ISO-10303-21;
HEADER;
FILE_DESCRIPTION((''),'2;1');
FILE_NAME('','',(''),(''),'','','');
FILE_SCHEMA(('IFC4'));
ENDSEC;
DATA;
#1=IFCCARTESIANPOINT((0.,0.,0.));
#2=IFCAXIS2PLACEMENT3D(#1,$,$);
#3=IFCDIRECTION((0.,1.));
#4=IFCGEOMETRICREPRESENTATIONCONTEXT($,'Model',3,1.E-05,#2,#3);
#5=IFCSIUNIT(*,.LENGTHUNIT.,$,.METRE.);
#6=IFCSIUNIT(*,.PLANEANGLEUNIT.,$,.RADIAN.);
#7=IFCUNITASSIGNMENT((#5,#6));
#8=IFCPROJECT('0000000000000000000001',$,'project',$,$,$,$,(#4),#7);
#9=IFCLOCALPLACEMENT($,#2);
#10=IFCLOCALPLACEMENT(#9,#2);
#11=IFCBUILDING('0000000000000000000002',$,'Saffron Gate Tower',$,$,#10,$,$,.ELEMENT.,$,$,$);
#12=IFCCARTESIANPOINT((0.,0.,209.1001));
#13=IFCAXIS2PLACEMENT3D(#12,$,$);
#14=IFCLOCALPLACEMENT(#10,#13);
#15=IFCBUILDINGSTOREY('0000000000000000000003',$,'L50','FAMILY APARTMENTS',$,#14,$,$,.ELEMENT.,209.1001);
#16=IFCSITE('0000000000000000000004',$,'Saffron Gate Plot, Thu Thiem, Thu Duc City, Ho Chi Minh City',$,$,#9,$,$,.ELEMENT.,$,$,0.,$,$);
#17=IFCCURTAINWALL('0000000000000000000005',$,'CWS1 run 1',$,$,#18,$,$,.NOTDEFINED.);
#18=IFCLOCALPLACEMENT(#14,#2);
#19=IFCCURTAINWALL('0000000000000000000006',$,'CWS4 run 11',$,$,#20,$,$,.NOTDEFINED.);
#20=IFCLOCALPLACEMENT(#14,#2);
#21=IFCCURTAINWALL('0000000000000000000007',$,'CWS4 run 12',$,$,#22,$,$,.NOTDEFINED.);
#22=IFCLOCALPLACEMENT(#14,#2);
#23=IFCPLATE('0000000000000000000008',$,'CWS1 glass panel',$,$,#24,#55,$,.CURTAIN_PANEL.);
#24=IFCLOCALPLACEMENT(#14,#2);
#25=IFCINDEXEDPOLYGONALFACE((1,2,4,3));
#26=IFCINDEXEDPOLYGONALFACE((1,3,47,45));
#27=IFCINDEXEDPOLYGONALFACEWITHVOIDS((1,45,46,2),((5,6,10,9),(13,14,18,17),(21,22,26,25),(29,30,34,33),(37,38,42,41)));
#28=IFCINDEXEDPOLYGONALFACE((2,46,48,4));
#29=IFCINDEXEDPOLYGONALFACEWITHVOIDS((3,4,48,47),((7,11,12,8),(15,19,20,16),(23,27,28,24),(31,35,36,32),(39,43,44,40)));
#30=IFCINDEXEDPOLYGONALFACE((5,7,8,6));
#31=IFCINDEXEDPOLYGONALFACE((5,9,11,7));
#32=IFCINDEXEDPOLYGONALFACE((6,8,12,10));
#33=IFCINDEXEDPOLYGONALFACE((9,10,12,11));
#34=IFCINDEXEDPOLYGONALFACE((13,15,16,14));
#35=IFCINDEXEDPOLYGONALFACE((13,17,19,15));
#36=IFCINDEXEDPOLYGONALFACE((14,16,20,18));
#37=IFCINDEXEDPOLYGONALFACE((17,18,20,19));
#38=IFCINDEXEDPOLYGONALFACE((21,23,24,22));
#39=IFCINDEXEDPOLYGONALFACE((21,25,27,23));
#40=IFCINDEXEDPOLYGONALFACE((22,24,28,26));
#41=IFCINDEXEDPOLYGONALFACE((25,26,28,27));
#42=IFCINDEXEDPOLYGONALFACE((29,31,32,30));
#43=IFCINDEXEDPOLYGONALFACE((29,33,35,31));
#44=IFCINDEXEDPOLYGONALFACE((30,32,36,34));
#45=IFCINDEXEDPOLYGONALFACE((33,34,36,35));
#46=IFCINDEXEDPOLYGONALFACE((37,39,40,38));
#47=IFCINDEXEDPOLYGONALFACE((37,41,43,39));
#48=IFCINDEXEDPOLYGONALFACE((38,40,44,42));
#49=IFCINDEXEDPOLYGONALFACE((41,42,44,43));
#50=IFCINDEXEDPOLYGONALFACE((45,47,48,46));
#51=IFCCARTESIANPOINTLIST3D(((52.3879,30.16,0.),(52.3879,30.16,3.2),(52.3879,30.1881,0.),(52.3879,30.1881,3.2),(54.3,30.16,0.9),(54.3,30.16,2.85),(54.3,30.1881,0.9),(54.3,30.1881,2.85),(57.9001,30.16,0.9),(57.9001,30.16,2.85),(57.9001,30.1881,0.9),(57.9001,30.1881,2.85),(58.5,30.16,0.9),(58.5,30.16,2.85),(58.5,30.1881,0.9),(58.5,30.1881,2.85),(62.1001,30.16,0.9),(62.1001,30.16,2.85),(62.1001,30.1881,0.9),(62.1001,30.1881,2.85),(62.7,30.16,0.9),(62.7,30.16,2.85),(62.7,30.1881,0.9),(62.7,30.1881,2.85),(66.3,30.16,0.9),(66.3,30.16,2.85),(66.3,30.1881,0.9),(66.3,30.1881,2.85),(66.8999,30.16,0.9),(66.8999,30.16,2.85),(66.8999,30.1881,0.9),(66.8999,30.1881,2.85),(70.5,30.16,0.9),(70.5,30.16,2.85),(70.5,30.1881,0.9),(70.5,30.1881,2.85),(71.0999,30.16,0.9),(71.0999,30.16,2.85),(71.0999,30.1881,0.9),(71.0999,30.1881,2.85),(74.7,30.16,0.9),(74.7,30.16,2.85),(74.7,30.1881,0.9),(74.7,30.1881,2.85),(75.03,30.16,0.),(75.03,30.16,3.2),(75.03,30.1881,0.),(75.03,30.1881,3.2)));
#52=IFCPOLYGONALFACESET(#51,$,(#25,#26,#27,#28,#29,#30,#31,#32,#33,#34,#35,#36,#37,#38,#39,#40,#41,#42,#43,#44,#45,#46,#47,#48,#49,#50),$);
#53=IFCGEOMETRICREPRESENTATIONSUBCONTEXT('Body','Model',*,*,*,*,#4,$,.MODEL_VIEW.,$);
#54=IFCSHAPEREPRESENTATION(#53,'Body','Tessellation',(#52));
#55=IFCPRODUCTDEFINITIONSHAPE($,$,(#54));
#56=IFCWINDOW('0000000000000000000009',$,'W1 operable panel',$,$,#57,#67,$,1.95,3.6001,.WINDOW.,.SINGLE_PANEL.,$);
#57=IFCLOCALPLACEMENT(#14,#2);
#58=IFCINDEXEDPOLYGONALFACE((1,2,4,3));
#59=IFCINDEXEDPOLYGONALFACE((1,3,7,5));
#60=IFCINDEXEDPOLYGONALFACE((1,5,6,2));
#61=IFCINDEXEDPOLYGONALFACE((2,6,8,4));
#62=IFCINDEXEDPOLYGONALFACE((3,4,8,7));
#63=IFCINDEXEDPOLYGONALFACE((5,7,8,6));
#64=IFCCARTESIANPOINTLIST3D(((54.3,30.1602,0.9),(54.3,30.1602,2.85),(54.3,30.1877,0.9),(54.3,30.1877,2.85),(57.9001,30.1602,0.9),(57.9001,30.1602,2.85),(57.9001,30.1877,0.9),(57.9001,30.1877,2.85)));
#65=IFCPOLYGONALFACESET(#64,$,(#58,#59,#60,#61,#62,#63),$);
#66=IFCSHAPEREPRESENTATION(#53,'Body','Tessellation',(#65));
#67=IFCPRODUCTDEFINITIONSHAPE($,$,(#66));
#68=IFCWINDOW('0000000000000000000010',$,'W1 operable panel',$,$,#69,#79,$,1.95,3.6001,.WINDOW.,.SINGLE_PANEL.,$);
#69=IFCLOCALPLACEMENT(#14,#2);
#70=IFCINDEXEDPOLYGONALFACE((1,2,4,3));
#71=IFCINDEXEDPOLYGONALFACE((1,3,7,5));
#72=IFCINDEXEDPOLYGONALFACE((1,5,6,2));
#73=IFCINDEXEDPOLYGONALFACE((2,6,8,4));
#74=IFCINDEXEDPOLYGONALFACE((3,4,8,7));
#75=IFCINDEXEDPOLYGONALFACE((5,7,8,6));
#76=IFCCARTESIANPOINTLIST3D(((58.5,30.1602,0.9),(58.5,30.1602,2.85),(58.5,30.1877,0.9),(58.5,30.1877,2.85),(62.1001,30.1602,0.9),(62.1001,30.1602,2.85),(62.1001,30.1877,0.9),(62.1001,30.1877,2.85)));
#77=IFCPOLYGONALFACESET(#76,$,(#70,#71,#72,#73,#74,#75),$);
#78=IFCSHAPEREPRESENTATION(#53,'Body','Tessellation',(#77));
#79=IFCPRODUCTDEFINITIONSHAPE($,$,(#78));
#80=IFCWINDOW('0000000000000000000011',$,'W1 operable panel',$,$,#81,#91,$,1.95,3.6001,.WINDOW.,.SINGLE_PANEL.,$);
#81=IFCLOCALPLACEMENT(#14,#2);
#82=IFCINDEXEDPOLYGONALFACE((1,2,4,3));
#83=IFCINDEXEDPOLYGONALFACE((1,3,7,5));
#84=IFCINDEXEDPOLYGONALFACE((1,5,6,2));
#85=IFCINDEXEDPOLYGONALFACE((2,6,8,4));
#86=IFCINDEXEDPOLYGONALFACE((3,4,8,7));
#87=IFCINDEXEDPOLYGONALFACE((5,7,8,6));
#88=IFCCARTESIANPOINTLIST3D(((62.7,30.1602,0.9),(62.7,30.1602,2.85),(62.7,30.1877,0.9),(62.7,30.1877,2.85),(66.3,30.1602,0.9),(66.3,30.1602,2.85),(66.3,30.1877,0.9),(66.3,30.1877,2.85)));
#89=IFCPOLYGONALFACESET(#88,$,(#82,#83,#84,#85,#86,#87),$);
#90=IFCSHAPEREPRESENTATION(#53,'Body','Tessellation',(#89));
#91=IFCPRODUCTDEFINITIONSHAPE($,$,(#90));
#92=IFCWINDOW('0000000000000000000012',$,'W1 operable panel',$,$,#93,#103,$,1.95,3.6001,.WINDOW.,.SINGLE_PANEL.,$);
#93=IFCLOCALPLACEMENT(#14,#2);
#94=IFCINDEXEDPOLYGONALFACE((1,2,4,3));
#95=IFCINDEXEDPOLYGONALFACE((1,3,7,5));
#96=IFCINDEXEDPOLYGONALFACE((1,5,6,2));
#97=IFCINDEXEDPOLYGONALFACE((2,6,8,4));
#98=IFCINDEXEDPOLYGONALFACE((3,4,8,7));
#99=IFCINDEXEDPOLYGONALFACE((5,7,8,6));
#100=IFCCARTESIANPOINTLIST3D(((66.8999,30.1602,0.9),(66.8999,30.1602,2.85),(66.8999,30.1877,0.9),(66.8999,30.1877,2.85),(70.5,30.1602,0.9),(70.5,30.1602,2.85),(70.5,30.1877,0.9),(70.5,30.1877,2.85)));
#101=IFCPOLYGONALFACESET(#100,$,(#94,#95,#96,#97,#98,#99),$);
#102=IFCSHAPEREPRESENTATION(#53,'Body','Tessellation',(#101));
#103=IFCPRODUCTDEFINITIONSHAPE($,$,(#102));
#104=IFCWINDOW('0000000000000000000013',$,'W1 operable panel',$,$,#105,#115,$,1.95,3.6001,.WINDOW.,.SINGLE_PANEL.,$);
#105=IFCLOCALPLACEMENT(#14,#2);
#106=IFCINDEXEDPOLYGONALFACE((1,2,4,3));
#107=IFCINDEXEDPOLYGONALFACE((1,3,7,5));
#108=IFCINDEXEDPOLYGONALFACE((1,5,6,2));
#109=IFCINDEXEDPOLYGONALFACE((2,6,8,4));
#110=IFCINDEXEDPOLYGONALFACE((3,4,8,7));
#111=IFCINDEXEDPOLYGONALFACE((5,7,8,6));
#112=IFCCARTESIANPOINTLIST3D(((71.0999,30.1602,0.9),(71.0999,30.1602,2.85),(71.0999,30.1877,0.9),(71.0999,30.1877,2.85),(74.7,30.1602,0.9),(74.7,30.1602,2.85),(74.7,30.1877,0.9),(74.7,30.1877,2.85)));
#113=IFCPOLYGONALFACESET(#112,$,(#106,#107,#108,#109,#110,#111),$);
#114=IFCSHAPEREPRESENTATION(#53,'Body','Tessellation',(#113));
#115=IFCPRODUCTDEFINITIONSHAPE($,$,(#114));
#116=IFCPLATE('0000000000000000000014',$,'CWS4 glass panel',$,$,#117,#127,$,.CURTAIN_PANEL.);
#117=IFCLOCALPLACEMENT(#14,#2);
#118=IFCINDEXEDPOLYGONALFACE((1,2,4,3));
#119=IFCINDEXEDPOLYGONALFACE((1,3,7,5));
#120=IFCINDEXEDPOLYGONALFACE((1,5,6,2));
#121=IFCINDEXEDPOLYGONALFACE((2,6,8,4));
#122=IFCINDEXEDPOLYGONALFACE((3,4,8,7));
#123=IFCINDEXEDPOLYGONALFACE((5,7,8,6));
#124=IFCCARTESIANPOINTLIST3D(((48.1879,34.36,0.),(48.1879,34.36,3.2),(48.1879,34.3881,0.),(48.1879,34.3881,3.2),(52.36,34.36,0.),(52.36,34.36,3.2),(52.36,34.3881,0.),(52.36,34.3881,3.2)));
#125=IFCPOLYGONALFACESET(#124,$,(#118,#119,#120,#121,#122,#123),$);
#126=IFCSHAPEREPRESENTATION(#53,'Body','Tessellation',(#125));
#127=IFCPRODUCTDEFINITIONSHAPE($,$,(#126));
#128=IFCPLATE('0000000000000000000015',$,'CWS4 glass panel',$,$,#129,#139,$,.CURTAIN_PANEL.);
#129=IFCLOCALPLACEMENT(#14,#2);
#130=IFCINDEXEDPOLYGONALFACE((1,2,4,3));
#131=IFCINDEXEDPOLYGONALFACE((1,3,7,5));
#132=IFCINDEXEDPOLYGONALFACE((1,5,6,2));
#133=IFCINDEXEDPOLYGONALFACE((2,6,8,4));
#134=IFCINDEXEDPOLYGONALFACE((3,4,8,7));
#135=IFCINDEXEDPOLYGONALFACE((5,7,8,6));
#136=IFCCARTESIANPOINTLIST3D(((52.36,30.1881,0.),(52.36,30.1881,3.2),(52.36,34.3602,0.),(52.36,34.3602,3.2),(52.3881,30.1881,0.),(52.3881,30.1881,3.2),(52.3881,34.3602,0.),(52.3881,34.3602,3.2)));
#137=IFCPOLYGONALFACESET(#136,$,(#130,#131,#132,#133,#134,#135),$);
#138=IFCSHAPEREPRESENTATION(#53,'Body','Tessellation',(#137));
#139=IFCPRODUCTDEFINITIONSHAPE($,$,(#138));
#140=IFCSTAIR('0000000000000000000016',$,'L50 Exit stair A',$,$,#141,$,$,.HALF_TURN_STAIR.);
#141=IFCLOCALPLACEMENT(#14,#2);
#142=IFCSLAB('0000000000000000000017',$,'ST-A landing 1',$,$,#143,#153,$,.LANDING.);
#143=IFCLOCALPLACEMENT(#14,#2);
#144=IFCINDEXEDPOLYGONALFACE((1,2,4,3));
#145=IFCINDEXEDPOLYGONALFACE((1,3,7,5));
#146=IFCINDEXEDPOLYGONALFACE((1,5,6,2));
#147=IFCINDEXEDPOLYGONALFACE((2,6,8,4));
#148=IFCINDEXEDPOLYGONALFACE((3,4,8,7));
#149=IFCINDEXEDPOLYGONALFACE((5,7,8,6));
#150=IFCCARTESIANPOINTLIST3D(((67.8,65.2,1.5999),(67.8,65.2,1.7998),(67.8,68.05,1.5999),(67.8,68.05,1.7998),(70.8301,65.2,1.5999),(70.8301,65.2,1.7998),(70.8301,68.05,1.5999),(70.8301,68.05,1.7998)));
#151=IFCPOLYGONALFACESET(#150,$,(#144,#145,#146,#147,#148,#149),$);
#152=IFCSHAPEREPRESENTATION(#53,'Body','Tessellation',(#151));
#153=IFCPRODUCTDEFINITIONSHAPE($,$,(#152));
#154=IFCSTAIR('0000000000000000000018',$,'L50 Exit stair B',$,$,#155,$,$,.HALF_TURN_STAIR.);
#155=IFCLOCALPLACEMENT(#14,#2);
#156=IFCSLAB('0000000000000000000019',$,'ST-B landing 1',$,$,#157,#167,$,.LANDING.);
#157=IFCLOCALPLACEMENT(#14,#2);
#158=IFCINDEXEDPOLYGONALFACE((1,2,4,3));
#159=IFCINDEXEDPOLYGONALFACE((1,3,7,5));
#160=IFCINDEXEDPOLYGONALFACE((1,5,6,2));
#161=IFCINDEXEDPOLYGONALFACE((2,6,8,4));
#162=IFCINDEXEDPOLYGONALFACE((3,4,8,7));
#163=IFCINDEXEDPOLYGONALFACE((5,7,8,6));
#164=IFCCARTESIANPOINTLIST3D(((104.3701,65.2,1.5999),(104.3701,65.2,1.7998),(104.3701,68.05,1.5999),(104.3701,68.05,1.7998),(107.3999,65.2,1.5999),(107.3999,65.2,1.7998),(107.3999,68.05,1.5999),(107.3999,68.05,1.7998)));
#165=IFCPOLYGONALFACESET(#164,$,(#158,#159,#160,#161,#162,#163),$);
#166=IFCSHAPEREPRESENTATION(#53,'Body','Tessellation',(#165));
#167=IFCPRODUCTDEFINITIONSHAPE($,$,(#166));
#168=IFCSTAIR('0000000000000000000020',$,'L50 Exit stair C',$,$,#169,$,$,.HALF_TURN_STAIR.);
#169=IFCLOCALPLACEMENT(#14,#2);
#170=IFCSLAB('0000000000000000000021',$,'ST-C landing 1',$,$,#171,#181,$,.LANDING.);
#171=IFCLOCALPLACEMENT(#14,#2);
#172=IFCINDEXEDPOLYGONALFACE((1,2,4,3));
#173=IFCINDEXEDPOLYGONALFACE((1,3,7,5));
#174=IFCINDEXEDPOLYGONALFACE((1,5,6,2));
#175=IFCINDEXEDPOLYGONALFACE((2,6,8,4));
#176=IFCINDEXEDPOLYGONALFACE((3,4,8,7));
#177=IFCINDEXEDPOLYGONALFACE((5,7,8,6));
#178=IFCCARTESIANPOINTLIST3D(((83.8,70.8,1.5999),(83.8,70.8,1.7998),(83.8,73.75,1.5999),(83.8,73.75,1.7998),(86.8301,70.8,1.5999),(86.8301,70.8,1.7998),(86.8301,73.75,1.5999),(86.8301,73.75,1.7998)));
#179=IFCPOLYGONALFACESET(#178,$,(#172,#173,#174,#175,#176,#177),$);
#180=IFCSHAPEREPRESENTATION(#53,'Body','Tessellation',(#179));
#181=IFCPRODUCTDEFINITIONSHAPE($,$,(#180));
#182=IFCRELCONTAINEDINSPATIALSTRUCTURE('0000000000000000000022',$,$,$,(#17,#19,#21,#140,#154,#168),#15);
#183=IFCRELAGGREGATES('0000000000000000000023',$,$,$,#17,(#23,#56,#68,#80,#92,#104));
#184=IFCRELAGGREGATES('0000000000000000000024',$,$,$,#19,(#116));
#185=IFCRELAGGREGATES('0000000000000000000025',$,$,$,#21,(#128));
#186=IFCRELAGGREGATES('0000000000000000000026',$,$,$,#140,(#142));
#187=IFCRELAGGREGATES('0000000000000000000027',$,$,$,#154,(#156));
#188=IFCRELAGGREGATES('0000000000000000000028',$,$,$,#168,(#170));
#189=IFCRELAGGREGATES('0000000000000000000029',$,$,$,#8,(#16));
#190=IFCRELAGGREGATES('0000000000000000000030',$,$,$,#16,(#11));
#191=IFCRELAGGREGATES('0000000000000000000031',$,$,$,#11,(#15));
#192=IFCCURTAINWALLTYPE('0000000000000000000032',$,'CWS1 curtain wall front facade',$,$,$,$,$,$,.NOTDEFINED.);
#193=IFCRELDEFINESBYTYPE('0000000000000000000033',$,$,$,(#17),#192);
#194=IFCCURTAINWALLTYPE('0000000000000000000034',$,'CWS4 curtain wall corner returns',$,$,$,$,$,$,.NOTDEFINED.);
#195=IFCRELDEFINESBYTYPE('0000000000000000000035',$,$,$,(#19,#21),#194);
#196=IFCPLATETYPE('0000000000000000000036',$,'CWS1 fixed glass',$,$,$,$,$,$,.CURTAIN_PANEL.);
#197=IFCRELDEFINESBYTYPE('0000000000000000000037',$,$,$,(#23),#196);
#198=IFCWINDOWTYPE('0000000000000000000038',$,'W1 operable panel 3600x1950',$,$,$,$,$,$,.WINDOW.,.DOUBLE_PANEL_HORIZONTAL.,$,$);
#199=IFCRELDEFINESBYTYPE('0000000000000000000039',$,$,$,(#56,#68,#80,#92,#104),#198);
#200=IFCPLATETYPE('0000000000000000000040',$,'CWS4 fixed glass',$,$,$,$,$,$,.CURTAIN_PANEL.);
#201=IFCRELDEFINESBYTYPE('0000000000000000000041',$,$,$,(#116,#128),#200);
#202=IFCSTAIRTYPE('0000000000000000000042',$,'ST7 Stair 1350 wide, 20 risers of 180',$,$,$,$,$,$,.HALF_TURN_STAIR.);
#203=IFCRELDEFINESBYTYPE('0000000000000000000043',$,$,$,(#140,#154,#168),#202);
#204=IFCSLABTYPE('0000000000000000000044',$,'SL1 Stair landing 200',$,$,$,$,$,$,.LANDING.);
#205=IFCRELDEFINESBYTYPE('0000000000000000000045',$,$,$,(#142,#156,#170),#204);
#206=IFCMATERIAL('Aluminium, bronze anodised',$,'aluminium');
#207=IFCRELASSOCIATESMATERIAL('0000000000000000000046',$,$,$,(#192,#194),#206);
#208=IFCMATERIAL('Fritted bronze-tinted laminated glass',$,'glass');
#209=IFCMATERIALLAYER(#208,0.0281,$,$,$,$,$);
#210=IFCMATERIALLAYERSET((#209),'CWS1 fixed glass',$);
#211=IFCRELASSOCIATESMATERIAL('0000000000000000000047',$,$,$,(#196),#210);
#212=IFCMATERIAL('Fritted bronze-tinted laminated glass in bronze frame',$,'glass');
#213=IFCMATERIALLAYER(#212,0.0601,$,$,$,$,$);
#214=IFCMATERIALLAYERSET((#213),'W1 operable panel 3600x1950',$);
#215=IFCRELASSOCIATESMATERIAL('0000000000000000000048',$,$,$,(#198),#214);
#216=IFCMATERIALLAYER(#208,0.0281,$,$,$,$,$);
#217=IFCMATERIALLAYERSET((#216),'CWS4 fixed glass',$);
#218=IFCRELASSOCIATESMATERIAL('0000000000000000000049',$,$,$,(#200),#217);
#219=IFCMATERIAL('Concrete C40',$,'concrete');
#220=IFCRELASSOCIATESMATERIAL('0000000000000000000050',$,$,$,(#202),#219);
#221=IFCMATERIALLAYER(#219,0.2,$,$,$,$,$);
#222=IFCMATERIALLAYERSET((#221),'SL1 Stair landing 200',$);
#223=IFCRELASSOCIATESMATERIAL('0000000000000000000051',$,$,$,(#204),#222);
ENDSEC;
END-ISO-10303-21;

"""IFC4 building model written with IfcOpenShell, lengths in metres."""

from ifc_helpers import new_model, si_unit, direction, frame, frame_2d, origin, place, context, subcontext, project, spatial, polyline, rectangle, outline, extrude, material, layer, layer_set, type_object, element, fill, aggregate, save


model = new_model("IFC4")

# Units and contexts
model_context = context("Model", 3, precision=1e-05, world=origin(), true_north=direction((0.0, 1.0)))
body_context = subcontext(model_context, "Body", "Model", "MODEL_VIEW")
ifc_project = project(units=[si_unit("LENGTHUNIT", "METRE"), si_unit("PLANEANGLEUNIT", "RADIAN")], contexts=[model_context])

# Site, building, storey
site_placement = place(None, origin())
site = spatial("IfcSite", under=ifc_project, at=site_placement, Name="Saffron Gate Plot, Thu Thiem, Thu Duc City, Ho Chi Minh City", CompositionType="ELEMENT", RefElevation=0.0)
building_placement = place(site_placement, origin())
building = spatial("IfcBuilding", under=site, at=building_placement, Name="Saffron Gate Tower", CompositionType="ELEMENT")
storey_placement = place(building_placement, frame((0.0, 0.0, 209.1001)))
storey = spatial("IfcBuildingStorey", under=building, at=storey_placement, Name="L50", Description="FAMILY APARTMENTS", CompositionType="ELEMENT", Elevation=209.1001)

# Curtain walls
ifc_material_1 = material(Name="Aluminium, bronze anodised", Category="aluminium")
curtain_wall_type_1 = type_object("IfcCurtainWallType", Name="CWS1 curtain wall front facade", PredefinedType="NOTDEFINED", material=ifc_material_1)
curtain_wall_1_placement = place(storey_placement, origin())
curtain_wall_1 = element("IfcCurtainWall", 1, at=curtain_wall_1_placement, inside=storey, type_object=curtain_wall_type_1, Name="CWS1 run 1", PredefinedType="NOTDEFINED")
curtain_wall_type_2 = type_object("IfcCurtainWallType", Name="CWS4 curtain wall corner returns", PredefinedType="NOTDEFINED", material=ifc_material_1)
curtain_wall_2_placement = place(storey_placement, origin())
curtain_wall_2 = element("IfcCurtainWall", 2, at=curtain_wall_2_placement, inside=storey, type_object=curtain_wall_type_2, Name="CWS4 run 11", PredefinedType="NOTDEFINED")
curtain_wall_3_placement = place(storey_placement, origin())
curtain_wall_3 = element("IfcCurtainWall", 3, at=curtain_wall_3_placement, inside=storey, type_object=curtain_wall_type_2, Name="CWS4 run 12", PredefinedType="NOTDEFINED")

# Plate, openings, windows
ifc_material_2 = material(Name="Fritted bronze-tinted laminated glass", Category="glass")
ifc_layer_1 = layer(ifc_material_2, 0.0281)
ifc_layer_set_1 = layer_set([ifc_layer_1], Name="CWS1 fixed glass")
plate_type_1 = type_object("IfcPlateType", Name="CWS1 fixed glass", PredefinedType="CURTAIN_PANEL", material=ifc_layer_set_1)
plate_1_placement = place(storey_placement, frame((52.3879, 30.1741, 0.0), z_axis=(0.0, 0.0, 1.0), x_axis=(1.0, 0.0, 0.0)))
plate_1 = element("IfcPlate", 4, at=plate_1_placement, type_object=plate_type_1, Name="CWS1 glass panel", PredefinedType="CURTAIN_PANEL", context=body_context, shape_type="SweptSolid", body=[
    extrude(rectangle(XDim=22.6421, YDim=0.0281, at=frame_2d((11.321, 0.0))), origin(), (0.0, 0.0, 1.0), 3.2),
])
opening_1_placement = place(plate_1_placement, frame((1.9121, 0.0, 0.8999)))
opening_1 = element("IfcOpeningElement", 5, at=opening_1_placement, cuts=plate_1, PredefinedType="OPENING", context=body_context, shape_type="SweptSolid", body=[
    extrude(rectangle(XDim=3.6001, YDim=1.95, at=frame_2d((1.8, 0.9751))), frame((0.0, 0.0239, 0.0), z_axis=(0.0, -1.0, 0.0), x_axis=(1.0, 0.0, 0.0)), (0.0, 0.0, 1.0), 0.0481),
])
opening_2_placement = place(plate_1_placement, frame((6.1121, 0.0, 0.8999)))
opening_2 = element("IfcOpeningElement", 6, at=opening_2_placement, cuts=plate_1, PredefinedType="OPENING", context=body_context, shape_type="SweptSolid", body=[
    extrude(rectangle(XDim=3.6001, YDim=1.95, at=frame_2d((1.8, 0.9751))), frame((0.0, 0.0239, 0.0), z_axis=(0.0, -1.0, 0.0), x_axis=(1.0, 0.0, 0.0)), (0.0, 0.0, 1.0), 0.0481),
])
opening_3_placement = place(plate_1_placement, frame((10.312, 0.0, 0.8999)))
opening_3 = element("IfcOpeningElement", 7, at=opening_3_placement, cuts=plate_1, PredefinedType="OPENING", context=body_context, shape_type="SweptSolid", body=[
    extrude(rectangle(XDim=3.6001, YDim=1.95, at=frame_2d((1.8, 0.9751))), frame((0.0, 0.0239, 0.0), z_axis=(0.0, -1.0, 0.0), x_axis=(1.0, 0.0, 0.0)), (0.0, 0.0, 1.0), 0.0481),
])
opening_4_placement = place(plate_1_placement, frame((14.512, 0.0, 0.8999)))
opening_4 = element("IfcOpeningElement", 8, at=opening_4_placement, cuts=plate_1, PredefinedType="OPENING", context=body_context, shape_type="SweptSolid", body=[
    extrude(rectangle(XDim=3.6001, YDim=1.95, at=frame_2d((1.8, 0.9751))), frame((0.0, 0.0239, 0.0), z_axis=(0.0, -1.0, 0.0), x_axis=(1.0, 0.0, 0.0)), (0.0, 0.0, 1.0), 0.0481),
])
opening_5_placement = place(plate_1_placement, frame((18.7119, 0.0, 0.8999)))
opening_5 = element("IfcOpeningElement", 9, at=opening_5_placement, cuts=plate_1, PredefinedType="OPENING", context=body_context, shape_type="SweptSolid", body=[
    extrude(rectangle(XDim=3.6001, YDim=1.95, at=frame_2d((1.8, 0.9751))), frame((0.0, 0.0239, 0.0), z_axis=(0.0, -1.0, 0.0), x_axis=(1.0, 0.0, 0.0)), (0.0, 0.0, 1.0), 0.0481),
])
ifc_material_3 = material(Name="Fritted bronze-tinted laminated glass in bronze frame", Category="glass")
ifc_layer_2 = layer(ifc_material_3, 0.0601)
ifc_layer_set_2 = layer_set([ifc_layer_2], Name="W1 operable panel 3600x1950")
window_type = type_object("IfcWindowType", Name="W1 operable panel 3600x1950", PartitioningType="DOUBLE_PANEL_HORIZONTAL", PredefinedType="WINDOW", material=ifc_layer_set_2)
window_1_placement = place(opening_1_placement, origin())
window_1 = element("IfcWindow", 10, at=window_1_placement, type_object=window_type, Name="W1 operable panel", OverallHeight=1.95, OverallWidth=3.6001, PartitioningType="SINGLE_PANEL", PredefinedType="WINDOW", context=body_context, shape_type="SweptSolid", body=[
    extrude(rectangle(XDim=3.6001, YDim=1.95, at=frame_2d((1.8, 0.9751))), frame((0.0, 0.0137, 0.0), z_axis=(0.0, -1.0, 0.0), x_axis=(1.0, 0.0, 0.0)), (0.0, 0.0, 1.0), 0.0276),
])
fill(opening_1, window_1)
window_2_placement = place(opening_2_placement, origin())
window_2 = element("IfcWindow", 11, at=window_2_placement, type_object=window_type, Name="W1 operable panel", OverallHeight=1.95, OverallWidth=3.6001, PartitioningType="SINGLE_PANEL", PredefinedType="WINDOW", context=body_context, shape_type="SweptSolid", body=[
    extrude(rectangle(XDim=3.6001, YDim=1.95, at=frame_2d((1.8, 0.9751))), frame((0.0, 0.0137, 0.0), z_axis=(0.0, -1.0, 0.0), x_axis=(1.0, 0.0, 0.0)), (0.0, 0.0, 1.0), 0.0276),
])
fill(opening_2, window_2)
window_3_placement = place(opening_3_placement, origin())
window_3 = element("IfcWindow", 12, at=window_3_placement, type_object=window_type, Name="W1 operable panel", OverallHeight=1.95, OverallWidth=3.6001, PartitioningType="SINGLE_PANEL", PredefinedType="WINDOW", context=body_context, shape_type="SweptSolid", body=[
    extrude(rectangle(XDim=3.6001, YDim=1.95, at=frame_2d((1.8, 0.9751))), frame((0.0, 0.0137, 0.0), z_axis=(0.0, -1.0, 0.0), x_axis=(1.0, 0.0, 0.0)), (0.0, 0.0, 1.0), 0.0276),
])
fill(opening_3, window_3)
window_4_placement = place(opening_4_placement, origin())
window_4 = element("IfcWindow", 13, at=window_4_placement, type_object=window_type, Name="W1 operable panel", OverallHeight=1.95, OverallWidth=3.6001, PartitioningType="SINGLE_PANEL", PredefinedType="WINDOW", context=body_context, shape_type="SweptSolid", body=[
    extrude(rectangle(XDim=3.6001, YDim=1.95, at=frame_2d((1.8, 0.9751))), frame((0.0, 0.0137, 0.0), z_axis=(0.0, -1.0, 0.0), x_axis=(1.0, 0.0, 0.0)), (0.0, 0.0, 1.0), 0.0276),
])
fill(opening_4, window_4)
window_5_placement = place(opening_5_placement, origin())
window_5 = element("IfcWindow", 14, at=window_5_placement, type_object=window_type, Name="W1 operable panel", OverallHeight=1.95, OverallWidth=3.6001, PartitioningType="SINGLE_PANEL", PredefinedType="WINDOW", context=body_context, shape_type="SweptSolid", body=[
    extrude(rectangle(XDim=3.6001, YDim=1.95, at=frame_2d((1.8, 0.9751))), frame((0.0, 0.0137, 0.0), z_axis=(0.0, -1.0, 0.0), x_axis=(1.0, 0.0, 0.0)), (0.0, 0.0, 1.0), 0.0276),
])
fill(opening_5, window_5)
aggregate(curtain_wall_1, [plate_1, window_1, window_2, window_3, window_4, window_5])

# Plates
ifc_layer_3 = layer(ifc_material_2, 0.0281)
ifc_layer_set_3 = layer_set([ifc_layer_3], Name="CWS4 fixed glass")
plate_type_2 = type_object("IfcPlateType", Name="CWS4 fixed glass", PredefinedType="CURTAIN_PANEL", material=ifc_layer_set_3)
plate_2_placement = place(storey_placement, frame((48.188, 34.374, 0.0), z_axis=(0.0, 0.0, 1.0), x_axis=(1.0, 0.0, 0.0)))
plate_2 = element("IfcPlate", 15, at=plate_2_placement, type_object=plate_type_2, Name="CWS4 glass panel", PredefinedType="CURTAIN_PANEL", context=body_context, shape_type="SweptSolid", body=[
    extrude(rectangle(XDim=4.1721, YDim=0.0281, at=frame_2d((2.0859, 0.0))), origin(), (0.0, 0.0, 1.0), 3.2),
])
aggregate(curtain_wall_2, [plate_2])
plate_3_placement = place(storey_placement, frame((52.374, 34.3601, 0.0), z_axis=(0.0, 0.0, 1.0), x_axis=(0.0, -1.0, 0.0)))
plate_3 = element("IfcPlate", 16, at=plate_3_placement, type_object=plate_type_2, Name="CWS4 glass panel", PredefinedType="CURTAIN_PANEL", context=body_context, shape_type="SweptSolid", body=[
    extrude(rectangle(XDim=4.1721, YDim=0.0281, at=frame_2d((2.0859, 0.0))), origin(), (0.0, 0.0, 1.0), 3.2),
])
aggregate(curtain_wall_3, [plate_3])

# Stairs, slabs
ifc_material_4 = material(Name="Concrete C40", Category="concrete")
stair_type = type_object("IfcStairType", Name="ST7 Stair 1350 wide, 20 risers of 180", PredefinedType="HALF_TURN_STAIR", material=ifc_material_4)
stair_1_placement = place(storey_placement, origin())
stair_1 = element("IfcStair", 17, at=stair_1_placement, inside=storey, type_object=stair_type, Name="L50 Exit stair A", PredefinedType="HALF_TURN_STAIR")
ifc_layer_4 = layer(ifc_material_4, 0.2)
ifc_layer_set_4 = layer_set([ifc_layer_4], Name="SL1 Stair landing 200")
slab_type_1 = type_object("IfcSlabType", Name="SL1 Stair landing 200", PredefinedType="LANDING", material=ifc_layer_set_4)
slab_1_placement = place(storey_placement, frame((0.0, 0.0, 1.5999)))
slab_1 = element("IfcSlab", 18, at=slab_1_placement, type_object=slab_type_1, Name="ST-A landing 1", PredefinedType="LANDING", context=body_context, shape_type="SweptSolid", body=[
    extrude(outline(polyline([(70.8301, 68.05), (67.8, 68.05), (67.8, 65.2), (70.8301, 65.2), (70.8301, 68.05)])), origin(), (0.0, 0.0, 1.0), 0.2),
])
aggregate(stair_1, [slab_1])
stair_2_placement = place(storey_placement, origin())
stair_2 = element("IfcStair", 19, at=stair_2_placement, inside=storey, type_object=stair_type, Name="L50 Exit stair B", PredefinedType="HALF_TURN_STAIR")
slab_2_placement = place(storey_placement, frame((0.0, 0.0, 1.5999)))
slab_2 = element("IfcSlab", 20, at=slab_2_placement, type_object=slab_type_1, Name="ST-B landing 1", PredefinedType="LANDING", context=body_context, shape_type="SweptSolid", body=[
    extrude(outline(polyline([(104.3701, 65.2), (107.3999, 65.2), (107.3999, 68.05), (104.3701, 68.05), (104.3701, 65.2)])), origin(), (0.0, 0.0, 1.0), 0.2),
])
aggregate(stair_2, [slab_2])
stair_3_placement = place(storey_placement, origin())
stair_3 = element("IfcStair", 21, at=stair_3_placement, inside=storey, type_object=stair_type, Name="L50 Exit stair C", PredefinedType="HALF_TURN_STAIR")
slab_3_placement = place(storey_placement, frame((0.0, 0.0, 1.5999)))
slab_3 = element("IfcSlab", 22, at=slab_3_placement, type_object=slab_type_1, Name="ST-C landing 1", PredefinedType="LANDING", context=body_context, shape_type="SweptSolid", body=[
    extrude(outline(polyline([(86.8301, 73.75), (83.8, 73.75), (83.8, 70.8), (86.8301, 70.8), (86.8301, 73.75)])), origin(), (0.0, 0.0, 1.0), 0.2),
])
aggregate(stair_3, [slab_3])

save(model, "model.ifc")
